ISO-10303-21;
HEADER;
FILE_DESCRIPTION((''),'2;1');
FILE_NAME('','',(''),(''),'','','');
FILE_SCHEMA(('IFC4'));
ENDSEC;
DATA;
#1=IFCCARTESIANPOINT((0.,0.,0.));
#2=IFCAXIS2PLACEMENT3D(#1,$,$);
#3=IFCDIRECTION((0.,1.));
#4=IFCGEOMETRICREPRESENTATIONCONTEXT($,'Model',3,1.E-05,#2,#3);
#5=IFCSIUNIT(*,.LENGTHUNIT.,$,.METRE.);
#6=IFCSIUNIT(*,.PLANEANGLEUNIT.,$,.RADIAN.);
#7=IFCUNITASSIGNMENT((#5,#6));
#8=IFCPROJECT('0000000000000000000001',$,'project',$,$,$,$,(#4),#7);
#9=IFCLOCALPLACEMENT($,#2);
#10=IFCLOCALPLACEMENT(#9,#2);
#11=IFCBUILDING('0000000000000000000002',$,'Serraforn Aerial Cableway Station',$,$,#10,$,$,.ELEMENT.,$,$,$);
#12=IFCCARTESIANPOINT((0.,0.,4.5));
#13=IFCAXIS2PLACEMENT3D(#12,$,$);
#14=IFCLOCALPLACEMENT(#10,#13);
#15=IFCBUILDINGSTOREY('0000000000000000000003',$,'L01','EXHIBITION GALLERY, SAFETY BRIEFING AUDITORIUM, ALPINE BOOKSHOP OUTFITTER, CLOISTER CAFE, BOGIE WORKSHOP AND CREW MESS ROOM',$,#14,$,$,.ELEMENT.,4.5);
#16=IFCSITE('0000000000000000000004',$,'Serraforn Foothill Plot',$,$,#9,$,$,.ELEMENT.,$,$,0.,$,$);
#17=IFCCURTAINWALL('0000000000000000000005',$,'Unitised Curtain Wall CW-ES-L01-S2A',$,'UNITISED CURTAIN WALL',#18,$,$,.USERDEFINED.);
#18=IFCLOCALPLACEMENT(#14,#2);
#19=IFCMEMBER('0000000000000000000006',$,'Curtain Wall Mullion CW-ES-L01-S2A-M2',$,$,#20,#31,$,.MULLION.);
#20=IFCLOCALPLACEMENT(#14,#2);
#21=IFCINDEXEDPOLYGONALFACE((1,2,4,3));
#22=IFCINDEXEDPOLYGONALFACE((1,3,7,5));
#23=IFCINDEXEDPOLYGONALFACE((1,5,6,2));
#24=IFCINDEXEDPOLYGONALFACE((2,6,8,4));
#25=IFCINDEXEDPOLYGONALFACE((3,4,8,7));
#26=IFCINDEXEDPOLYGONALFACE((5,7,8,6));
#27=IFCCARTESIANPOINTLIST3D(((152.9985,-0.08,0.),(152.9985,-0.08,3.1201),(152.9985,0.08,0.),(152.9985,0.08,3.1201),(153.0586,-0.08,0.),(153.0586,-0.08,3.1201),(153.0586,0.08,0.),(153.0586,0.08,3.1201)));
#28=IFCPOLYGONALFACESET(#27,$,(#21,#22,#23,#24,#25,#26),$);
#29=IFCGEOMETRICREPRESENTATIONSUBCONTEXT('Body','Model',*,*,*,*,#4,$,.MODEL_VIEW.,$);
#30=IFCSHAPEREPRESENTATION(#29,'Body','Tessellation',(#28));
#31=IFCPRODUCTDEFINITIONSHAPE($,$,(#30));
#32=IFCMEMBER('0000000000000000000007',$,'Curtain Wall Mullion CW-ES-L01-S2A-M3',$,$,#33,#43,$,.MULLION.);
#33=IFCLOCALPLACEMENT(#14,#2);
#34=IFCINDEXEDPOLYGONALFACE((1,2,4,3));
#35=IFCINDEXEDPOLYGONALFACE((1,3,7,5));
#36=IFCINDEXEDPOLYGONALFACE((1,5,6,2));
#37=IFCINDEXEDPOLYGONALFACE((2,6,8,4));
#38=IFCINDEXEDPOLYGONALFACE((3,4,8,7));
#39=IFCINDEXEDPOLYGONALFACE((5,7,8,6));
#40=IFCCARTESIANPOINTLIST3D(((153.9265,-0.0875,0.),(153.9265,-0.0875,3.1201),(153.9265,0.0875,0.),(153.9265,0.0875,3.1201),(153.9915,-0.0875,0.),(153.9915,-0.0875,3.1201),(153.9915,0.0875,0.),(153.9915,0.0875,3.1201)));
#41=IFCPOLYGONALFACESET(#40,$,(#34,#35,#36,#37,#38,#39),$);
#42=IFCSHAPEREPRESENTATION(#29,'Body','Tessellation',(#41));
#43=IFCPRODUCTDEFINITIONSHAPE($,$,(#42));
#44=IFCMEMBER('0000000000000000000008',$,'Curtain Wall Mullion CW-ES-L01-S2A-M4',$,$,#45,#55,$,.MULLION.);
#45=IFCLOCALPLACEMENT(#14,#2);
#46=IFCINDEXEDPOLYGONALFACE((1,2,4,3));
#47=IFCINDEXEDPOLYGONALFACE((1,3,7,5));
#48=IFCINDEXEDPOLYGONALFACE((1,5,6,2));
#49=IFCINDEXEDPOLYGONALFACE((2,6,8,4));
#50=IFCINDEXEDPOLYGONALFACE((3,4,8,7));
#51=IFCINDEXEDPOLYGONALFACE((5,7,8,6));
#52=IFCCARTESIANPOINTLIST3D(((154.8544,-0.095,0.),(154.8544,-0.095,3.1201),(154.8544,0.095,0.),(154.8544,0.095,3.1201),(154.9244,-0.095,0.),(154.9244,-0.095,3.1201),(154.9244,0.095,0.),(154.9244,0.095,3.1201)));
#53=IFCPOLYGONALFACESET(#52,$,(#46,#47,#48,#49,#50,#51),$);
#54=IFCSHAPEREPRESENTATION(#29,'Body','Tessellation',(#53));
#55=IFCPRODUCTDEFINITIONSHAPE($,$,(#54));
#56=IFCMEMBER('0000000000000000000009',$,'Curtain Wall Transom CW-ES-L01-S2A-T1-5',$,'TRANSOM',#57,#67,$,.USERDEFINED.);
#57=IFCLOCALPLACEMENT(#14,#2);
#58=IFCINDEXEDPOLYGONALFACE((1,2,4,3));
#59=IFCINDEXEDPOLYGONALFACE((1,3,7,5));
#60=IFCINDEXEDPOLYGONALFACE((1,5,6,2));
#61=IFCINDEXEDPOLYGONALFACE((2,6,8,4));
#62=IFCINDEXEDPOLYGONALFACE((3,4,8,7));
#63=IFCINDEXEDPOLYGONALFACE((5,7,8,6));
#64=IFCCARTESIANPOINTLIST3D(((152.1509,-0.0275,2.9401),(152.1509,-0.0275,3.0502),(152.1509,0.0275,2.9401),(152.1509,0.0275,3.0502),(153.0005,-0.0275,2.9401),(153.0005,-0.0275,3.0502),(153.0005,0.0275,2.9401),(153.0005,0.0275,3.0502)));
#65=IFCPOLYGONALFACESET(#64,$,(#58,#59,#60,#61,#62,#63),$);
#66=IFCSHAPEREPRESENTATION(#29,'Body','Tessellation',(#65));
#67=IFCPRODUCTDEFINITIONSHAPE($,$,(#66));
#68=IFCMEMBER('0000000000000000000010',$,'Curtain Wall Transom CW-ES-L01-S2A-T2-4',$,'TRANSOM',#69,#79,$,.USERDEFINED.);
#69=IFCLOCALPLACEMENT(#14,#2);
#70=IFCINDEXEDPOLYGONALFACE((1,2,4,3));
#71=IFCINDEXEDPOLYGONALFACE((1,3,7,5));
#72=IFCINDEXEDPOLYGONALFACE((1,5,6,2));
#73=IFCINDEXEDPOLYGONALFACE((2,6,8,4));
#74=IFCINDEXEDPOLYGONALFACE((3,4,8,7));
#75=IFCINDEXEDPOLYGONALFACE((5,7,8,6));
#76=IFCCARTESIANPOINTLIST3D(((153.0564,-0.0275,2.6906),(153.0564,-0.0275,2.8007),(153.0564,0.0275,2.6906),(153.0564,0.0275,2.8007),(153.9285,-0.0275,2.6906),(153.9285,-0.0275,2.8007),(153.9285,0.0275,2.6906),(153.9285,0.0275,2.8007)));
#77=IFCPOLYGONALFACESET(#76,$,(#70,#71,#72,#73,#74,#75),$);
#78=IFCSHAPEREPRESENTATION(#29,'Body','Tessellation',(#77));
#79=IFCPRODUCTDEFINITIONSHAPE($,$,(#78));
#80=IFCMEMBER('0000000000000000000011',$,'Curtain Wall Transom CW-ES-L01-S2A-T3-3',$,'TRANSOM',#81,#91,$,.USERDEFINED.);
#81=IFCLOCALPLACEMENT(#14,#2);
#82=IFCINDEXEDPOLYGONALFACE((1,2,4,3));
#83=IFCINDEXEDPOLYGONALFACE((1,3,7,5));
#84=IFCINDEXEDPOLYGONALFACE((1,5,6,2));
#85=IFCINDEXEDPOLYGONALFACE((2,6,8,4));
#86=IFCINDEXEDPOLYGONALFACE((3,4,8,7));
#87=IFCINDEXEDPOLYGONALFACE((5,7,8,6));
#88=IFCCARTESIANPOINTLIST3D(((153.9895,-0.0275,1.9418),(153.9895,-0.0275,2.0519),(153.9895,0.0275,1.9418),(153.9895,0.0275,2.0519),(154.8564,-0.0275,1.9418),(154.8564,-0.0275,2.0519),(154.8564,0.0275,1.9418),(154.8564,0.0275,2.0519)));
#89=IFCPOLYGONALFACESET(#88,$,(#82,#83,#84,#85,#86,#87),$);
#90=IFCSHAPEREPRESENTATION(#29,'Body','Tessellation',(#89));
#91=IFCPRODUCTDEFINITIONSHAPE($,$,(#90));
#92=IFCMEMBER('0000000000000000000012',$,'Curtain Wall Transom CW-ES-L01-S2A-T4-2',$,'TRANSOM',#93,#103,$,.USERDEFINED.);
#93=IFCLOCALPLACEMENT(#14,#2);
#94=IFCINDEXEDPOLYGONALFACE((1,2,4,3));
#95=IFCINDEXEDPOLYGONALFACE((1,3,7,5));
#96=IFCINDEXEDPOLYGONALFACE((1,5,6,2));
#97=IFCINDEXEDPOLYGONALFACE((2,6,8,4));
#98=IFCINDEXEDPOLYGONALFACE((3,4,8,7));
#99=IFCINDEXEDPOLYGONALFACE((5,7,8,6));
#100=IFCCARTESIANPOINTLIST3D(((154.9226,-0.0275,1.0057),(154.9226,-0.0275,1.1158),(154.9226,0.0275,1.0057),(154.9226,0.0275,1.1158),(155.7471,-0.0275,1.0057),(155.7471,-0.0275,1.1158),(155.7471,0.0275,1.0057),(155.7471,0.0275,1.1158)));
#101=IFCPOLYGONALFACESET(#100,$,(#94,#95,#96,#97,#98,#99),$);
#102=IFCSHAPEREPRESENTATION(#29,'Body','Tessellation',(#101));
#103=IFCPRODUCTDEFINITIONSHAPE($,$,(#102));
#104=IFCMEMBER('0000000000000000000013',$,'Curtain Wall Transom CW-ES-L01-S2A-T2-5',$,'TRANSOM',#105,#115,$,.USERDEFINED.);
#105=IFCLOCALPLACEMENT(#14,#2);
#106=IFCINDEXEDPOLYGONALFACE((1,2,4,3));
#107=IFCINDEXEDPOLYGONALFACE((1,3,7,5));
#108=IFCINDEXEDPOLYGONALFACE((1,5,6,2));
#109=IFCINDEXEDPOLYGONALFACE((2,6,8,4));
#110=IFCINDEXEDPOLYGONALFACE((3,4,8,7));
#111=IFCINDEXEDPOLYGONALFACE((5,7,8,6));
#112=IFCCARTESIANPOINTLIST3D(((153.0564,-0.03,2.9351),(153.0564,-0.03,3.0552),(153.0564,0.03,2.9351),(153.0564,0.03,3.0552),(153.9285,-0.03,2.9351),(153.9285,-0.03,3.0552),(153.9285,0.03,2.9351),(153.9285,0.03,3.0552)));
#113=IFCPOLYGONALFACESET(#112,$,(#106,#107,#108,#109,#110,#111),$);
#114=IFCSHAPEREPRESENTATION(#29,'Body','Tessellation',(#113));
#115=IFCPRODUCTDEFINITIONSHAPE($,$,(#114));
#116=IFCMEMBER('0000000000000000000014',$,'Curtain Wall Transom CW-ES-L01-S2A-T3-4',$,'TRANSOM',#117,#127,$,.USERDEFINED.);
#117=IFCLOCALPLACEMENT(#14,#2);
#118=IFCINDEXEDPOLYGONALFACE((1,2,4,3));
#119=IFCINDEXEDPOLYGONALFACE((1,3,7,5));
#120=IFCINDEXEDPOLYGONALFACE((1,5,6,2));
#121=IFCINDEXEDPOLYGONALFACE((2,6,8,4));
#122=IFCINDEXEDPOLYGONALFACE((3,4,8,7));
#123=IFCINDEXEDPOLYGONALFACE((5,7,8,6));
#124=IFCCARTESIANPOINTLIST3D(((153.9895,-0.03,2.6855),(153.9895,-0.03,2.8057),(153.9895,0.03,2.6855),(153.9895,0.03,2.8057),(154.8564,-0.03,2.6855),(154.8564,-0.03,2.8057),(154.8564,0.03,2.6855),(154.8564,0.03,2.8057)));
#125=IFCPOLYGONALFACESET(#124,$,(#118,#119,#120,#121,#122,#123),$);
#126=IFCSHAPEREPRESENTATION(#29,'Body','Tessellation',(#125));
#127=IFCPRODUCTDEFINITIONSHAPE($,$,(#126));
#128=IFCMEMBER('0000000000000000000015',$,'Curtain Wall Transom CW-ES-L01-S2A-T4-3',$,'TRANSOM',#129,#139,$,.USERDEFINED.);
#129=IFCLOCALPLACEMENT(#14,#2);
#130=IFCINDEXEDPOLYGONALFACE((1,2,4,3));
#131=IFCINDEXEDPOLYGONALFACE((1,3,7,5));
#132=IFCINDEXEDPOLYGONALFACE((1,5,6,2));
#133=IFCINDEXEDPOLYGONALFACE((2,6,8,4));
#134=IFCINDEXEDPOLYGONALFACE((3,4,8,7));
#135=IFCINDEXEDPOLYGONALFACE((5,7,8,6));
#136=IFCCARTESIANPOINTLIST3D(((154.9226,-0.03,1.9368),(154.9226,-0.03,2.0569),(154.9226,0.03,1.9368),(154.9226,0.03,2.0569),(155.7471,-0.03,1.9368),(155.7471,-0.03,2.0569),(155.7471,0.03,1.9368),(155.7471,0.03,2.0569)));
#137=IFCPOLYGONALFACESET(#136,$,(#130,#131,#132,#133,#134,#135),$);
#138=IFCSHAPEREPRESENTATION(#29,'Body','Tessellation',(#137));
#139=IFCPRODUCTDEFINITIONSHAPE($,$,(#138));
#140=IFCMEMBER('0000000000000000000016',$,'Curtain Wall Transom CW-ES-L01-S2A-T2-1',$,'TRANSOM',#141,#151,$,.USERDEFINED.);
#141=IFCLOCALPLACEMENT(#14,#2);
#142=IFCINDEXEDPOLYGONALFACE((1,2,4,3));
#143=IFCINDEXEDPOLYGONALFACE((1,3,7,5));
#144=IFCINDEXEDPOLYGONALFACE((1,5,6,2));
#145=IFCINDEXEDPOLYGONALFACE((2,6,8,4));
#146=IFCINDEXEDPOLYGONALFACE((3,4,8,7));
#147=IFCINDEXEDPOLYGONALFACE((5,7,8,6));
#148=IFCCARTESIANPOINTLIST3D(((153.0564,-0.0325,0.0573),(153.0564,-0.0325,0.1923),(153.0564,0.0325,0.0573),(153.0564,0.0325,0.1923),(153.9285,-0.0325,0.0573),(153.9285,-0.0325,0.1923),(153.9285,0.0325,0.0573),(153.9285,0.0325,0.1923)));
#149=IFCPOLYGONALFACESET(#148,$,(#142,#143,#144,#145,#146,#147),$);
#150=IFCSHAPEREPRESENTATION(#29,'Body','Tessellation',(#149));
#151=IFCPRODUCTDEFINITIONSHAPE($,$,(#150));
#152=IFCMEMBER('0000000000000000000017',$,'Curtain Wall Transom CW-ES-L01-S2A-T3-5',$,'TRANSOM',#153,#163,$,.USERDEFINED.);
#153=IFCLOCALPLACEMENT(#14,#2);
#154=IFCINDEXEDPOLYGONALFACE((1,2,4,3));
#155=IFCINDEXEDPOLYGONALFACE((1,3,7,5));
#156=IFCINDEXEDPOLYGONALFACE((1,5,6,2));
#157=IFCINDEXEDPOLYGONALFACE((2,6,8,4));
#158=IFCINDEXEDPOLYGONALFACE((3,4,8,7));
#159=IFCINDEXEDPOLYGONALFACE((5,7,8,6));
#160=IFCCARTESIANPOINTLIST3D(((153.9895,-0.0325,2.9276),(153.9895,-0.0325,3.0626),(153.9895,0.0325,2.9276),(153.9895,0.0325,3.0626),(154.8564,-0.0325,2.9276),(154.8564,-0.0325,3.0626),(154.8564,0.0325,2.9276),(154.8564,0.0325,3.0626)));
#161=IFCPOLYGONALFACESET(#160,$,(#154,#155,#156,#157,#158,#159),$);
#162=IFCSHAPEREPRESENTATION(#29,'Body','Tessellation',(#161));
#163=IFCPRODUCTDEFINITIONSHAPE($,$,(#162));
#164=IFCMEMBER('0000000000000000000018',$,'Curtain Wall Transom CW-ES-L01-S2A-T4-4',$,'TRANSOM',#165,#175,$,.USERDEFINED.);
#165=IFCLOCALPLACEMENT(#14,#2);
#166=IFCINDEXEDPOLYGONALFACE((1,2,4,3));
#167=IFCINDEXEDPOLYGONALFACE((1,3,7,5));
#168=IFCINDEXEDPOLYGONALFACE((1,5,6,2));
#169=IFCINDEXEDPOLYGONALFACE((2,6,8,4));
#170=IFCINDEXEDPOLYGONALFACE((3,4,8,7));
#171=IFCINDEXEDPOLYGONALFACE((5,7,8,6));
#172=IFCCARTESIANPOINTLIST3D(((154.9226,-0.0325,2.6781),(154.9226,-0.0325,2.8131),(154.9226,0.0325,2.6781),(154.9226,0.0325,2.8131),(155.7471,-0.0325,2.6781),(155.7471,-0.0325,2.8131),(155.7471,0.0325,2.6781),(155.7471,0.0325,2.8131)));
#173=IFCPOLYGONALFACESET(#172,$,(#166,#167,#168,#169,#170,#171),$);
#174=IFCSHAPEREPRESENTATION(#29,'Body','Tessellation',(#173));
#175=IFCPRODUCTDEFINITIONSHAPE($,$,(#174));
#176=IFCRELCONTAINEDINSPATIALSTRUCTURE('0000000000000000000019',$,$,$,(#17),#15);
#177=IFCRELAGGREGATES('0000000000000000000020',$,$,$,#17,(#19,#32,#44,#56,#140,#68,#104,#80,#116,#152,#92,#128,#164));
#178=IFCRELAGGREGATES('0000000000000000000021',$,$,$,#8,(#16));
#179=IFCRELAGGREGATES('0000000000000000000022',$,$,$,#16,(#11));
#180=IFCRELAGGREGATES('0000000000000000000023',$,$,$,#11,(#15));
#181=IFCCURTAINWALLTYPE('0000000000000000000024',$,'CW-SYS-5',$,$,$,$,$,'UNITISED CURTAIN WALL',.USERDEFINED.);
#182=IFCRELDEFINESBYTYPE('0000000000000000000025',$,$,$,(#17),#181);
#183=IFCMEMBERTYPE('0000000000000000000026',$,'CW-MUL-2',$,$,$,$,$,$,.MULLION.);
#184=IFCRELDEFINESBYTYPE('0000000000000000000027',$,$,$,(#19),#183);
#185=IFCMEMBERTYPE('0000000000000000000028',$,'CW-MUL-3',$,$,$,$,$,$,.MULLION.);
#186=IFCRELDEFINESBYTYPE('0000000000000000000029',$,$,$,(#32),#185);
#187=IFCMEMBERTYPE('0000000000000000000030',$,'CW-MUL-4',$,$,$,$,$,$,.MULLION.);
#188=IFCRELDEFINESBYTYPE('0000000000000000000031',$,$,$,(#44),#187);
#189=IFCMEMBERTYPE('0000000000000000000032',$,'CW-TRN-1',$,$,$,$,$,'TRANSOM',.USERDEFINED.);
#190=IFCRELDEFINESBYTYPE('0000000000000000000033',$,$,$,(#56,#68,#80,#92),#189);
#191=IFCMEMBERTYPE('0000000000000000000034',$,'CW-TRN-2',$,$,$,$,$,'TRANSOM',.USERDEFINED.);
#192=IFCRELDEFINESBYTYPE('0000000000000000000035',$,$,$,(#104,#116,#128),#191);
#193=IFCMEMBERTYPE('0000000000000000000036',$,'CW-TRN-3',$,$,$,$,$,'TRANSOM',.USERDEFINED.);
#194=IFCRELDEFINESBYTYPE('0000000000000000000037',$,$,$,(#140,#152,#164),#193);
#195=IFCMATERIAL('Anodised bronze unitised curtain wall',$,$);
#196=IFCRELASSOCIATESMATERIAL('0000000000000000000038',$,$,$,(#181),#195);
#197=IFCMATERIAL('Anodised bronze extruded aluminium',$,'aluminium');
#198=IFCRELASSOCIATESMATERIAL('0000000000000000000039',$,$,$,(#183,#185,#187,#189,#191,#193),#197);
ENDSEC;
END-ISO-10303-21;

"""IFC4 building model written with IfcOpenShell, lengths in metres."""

from ifc_helpers import new_model, si_unit, direction, frame, origin, origin_2d, place, context, subcontext, project, spatial, rectangle, extrude, material, material_profile, profile_set, type_object, element, aggregate, save


model = new_model("IFC4")

# Units and contexts
model_context = context("Model", 3, precision=1e-05, world=origin(), true_north=direction((0.0, 1.0)))
body_context = subcontext(model_context, "Body", "Model", "MODEL_VIEW")
ifc_project = project(units=[si_unit("LENGTHUNIT", "METRE"), si_unit("PLANEANGLEUNIT", "RADIAN")], contexts=[model_context])

# Site, building, storey
site_placement = place(None, origin())
site = spatial("IfcSite", under=ifc_project, at=site_placement, Name="Serraforn Foothill Plot", CompositionType="ELEMENT", RefElevation=0.0)
building_placement = place(site_placement, origin())
building = spatial("IfcBuilding", under=site, at=building_placement, Name="Serraforn Aerial Cableway Station", CompositionType="ELEMENT")
storey_placement = place(building_placement, frame((0.0, 0.0, 4.5)))
storey = spatial("IfcBuildingStorey", under=building, at=storey_placement, Name="L01", Description="EXHIBITION GALLERY, SAFETY BRIEFING AUDITORIUM, ALPINE BOOKSHOP OUTFITTER, CLOISTER CAFE, BOGIE WORKSHOP AND CREW MESS ROOM", CompositionType="ELEMENT", Elevation=4.5)

# Curtain wall, members
ifc_material_1 = material(Name="Anodised bronze unitised curtain wall")
curtain_wall_type = type_object("IfcCurtainWallType", Name="CW-SYS-5", ElementType="UNITISED CURTAIN WALL", PredefinedType="USERDEFINED", material=ifc_material_1)
curtain_wall_placement = place(storey_placement, origin())
curtain_wall = element("IfcCurtainWall", 1, at=curtain_wall_placement, inside=storey, type_object=curtain_wall_type, Name="Unitised Curtain Wall CW-ES-L01-S2A", ObjectType="UNITISED CURTAIN WALL", PredefinedType="USERDEFINED")
ifc_material_2 = material(Name="Anodised bronze extruded aluminium", Category="aluminium")
ifc_material_profile_1 = material_profile(ifc_material_2, rectangle(XDim=0.0601, YDim=0.1599, at=origin_2d()), Name="CW MULLION 60x160")
ifc_profile_set_1 = profile_set([ifc_material_profile_1], Name="Anodised bronze extruded aluminium")
member_type_1 = type_object("IfcMemberType", Name="CW-MUL-2", PredefinedType="MULLION", material=ifc_profile_set_1)
member_1_placement = place(storey_placement, frame((153.0286, 0.0, 0.0), z_axis=(0.0, 0.0, 1.0), x_axis=(1.0, 0.0, 0.0)))
member_1 = element("IfcMember", 2, at=member_1_placement, type_object=member_type_1, Name="Curtain Wall Mullion CW-ES-L01-S2A-M2", PredefinedType="MULLION", context=body_context, shape_type="SweptSolid", body=[
    extrude(rectangle(XDim=0.0601, YDim=0.1599, at=origin_2d()), origin(), (0.0, 0.0, 1.0), 3.1201),
])
ifc_material_profile_2 = material_profile(ifc_material_2, rectangle(XDim=0.0649, YDim=0.175, at=origin_2d()), Name="CW MULLION 65x175")
ifc_profile_set_2 = profile_set([ifc_material_profile_2], Name="Anodised bronze extruded aluminium")
member_type_2 = type_object("IfcMemberType", Name="CW-MUL-3", PredefinedType="MULLION", material=ifc_profile_set_2)
member_2_placement = place(storey_placement, frame((153.959, 0.0, 0.0), z_axis=(0.0, 0.0, 1.0), x_axis=(1.0, 0.0, 0.0)))
member_2 = element("IfcMember", 3, at=member_2_placement, type_object=member_type_2, Name="Curtain Wall Mullion CW-ES-L01-S2A-M3", PredefinedType="MULLION", context=body_context, shape_type="SweptSolid", body=[
    extrude(rectangle(XDim=0.0649, YDim=0.175, at=origin_2d()), origin(), (0.0, 0.0, 1.0), 3.1201),
])
ifc_material_profile_3 = material_profile(ifc_material_2, rectangle(XDim=0.0701, YDim=0.1899, at=origin_2d()), Name="CW MULLION 70x190")
ifc_profile_set_3 = profile_set([ifc_material_profile_3], Name="Anodised bronze extruded aluminium")
member_type_3 = type_object("IfcMemberType", Name="CW-MUL-4", PredefinedType="MULLION", material=ifc_profile_set_3)
member_3_placement = place(storey_placement, frame((154.8894, 0.0, 0.0), z_axis=(0.0, 0.0, 1.0), x_axis=(1.0, 0.0, 0.0)))
member_3 = element("IfcMember", 4, at=member_3_placement, type_object=member_type_3, Name="Curtain Wall Mullion CW-ES-L01-S2A-M4", PredefinedType="MULLION", context=body_context, shape_type="SweptSolid", body=[
    extrude(rectangle(XDim=0.0701, YDim=0.1899, at=origin_2d()), origin(), (0.0, 0.0, 1.0), 3.1201),
])
ifc_material_profile_4 = material_profile(ifc_material_2, rectangle(XDim=0.0549, YDim=0.1101, at=origin_2d()), Name="CW TRANSOM 55x110")
ifc_profile_set_4 = profile_set([ifc_material_profile_4], Name="Anodised bronze extruded aluminium")
member_type_4 = type_object("IfcMemberType", Name="CW-TRN-1", ElementType="TRANSOM", PredefinedType="USERDEFINED", material=ifc_profile_set_4)
member_4_placement = place(storey_placement, frame((152.1509, 0.0, 2.9951), z_axis=(1.0, 0.0, 0.0), x_axis=(0.0, 1.0, 0.0)))
member_4 = element("IfcMember", 5, at=member_4_placement, type_object=member_type_4, Name="Curtain Wall Transom CW-ES-L01-S2A-T1-5", ObjectType="TRANSOM", PredefinedType="USERDEFINED", context=body_context, shape_type="SweptSolid", body=[
    extrude(rectangle(XDim=0.0549, YDim=0.1101, at=origin_2d()), origin(), (0.0, 0.0, 1.0), 0.8496),
])
member_5_placement = place(storey_placement, frame((153.0564, 0.0, 2.7456), z_axis=(1.0, 0.0, 0.0), x_axis=(0.0, 1.0, 0.0)))
member_5 = element("IfcMember", 6, at=member_5_placement, type_object=member_type_4, Name="Curtain Wall Transom CW-ES-L01-S2A-T2-4", ObjectType="TRANSOM", PredefinedType="USERDEFINED", context=body_context, shape_type="SweptSolid", body=[
    extrude(rectangle(XDim=0.0549, YDim=0.1101, at=origin_2d()), origin(), (0.0, 0.0, 1.0), 0.8721),
])
member_6_placement = place(storey_placement, frame((153.9895, 0.0, 1.9968), z_axis=(1.0, 0.0, 0.0), x_axis=(0.0, 1.0, 0.0)))
member_6 = element("IfcMember", 7, at=member_6_placement, type_object=member_type_4, Name="Curtain Wall Transom CW-ES-L01-S2A-T3-3", ObjectType="TRANSOM", PredefinedType="USERDEFINED", context=body_context, shape_type="SweptSolid", body=[
    extrude(rectangle(XDim=0.0549, YDim=0.1101, at=origin_2d()), origin(), (0.0, 0.0, 1.0), 0.8669),
])
member_7_placement = place(storey_placement, frame((154.9226, 0.0, 1.0608), z_axis=(1.0, 0.0, 0.0), x_axis=(0.0, 1.0, 0.0)))
member_7 = element("IfcMember", 8, at=member_7_placement, type_object=member_type_4, Name="Curtain Wall Transom CW-ES-L01-S2A-T4-2", ObjectType="TRANSOM", PredefinedType="USERDEFINED", context=body_context, shape_type="SweptSolid", body=[
    extrude(rectangle(XDim=0.0549, YDim=0.1101, at=origin_2d()), origin(), (0.0, 0.0, 1.0), 0.8245),
])
ifc_material_profile_5 = material_profile(ifc_material_2, rectangle(XDim=0.0601, YDim=0.1201, at=origin_2d()), Name="CW TRANSOM 60x120")
ifc_profile_set_5 = profile_set([ifc_material_profile_5], Name="Anodised bronze extruded aluminium")
member_type_5 = type_object("IfcMemberType", Name="CW-TRN-2", ElementType="TRANSOM", PredefinedType="USERDEFINED", material=ifc_profile_set_5)
member_8_placement = place(storey_placement, frame((153.0564, 0.0, 2.9951), z_axis=(1.0, 0.0, 0.0), x_axis=(0.0, 1.0, 0.0)))
member_8 = element("IfcMember", 9, at=member_8_placement, type_object=member_type_5, Name="Curtain Wall Transom CW-ES-L01-S2A-T2-5", ObjectType="TRANSOM", PredefinedType="USERDEFINED", context=body_context, shape_type="SweptSolid", body=[
    extrude(rectangle(XDim=0.0601, YDim=0.1201, at=origin_2d()), origin(), (0.0, 0.0, 1.0), 0.8721),
])
member_9_placement = place(storey_placement, frame((153.9895, 0.0, 2.7456), z_axis=(1.0, 0.0, 0.0), x_axis=(0.0, 1.0, 0.0)))
member_9 = element("IfcMember", 10, at=member_9_placement, type_object=member_type_5, Name="Curtain Wall Transom CW-ES-L01-S2A-T3-4", ObjectType="TRANSOM", PredefinedType="USERDEFINED", context=body_context, shape_type="SweptSolid", body=[
    extrude(rectangle(XDim=0.0601, YDim=0.1201, at=origin_2d()), origin(), (0.0, 0.0, 1.0), 0.8669),
])
member_10_placement = place(storey_placement, frame((154.9226, 0.0, 1.9968), z_axis=(1.0, 0.0, 0.0), x_axis=(0.0, 1.0, 0.0)))
member_10 = element("IfcMember", 11, at=member_10_placement, type_object=member_type_5, Name="Curtain Wall Transom CW-ES-L01-S2A-T4-3", ObjectType="TRANSOM", PredefinedType="USERDEFINED", context=body_context, shape_type="SweptSolid", body=[
    extrude(rectangle(XDim=0.0601, YDim=0.1201, at=origin_2d()), origin(), (0.0, 0.0, 1.0), 0.8245),
])
ifc_material_profile_6 = material_profile(ifc_material_2, rectangle(XDim=0.0649, YDim=0.135, at=origin_2d()), Name="CW TRANSOM 65x135")
ifc_profile_set_6 = profile_set([ifc_material_profile_6], Name="Anodised bronze extruded aluminium")
member_type_6 = type_object("IfcMemberType", Name="CW-TRN-3", ElementType="TRANSOM", PredefinedType="USERDEFINED", material=ifc_profile_set_6)
member_11_placement = place(storey_placement, frame((153.0564, 0.0, 0.1248), z_axis=(1.0, 0.0, 0.0), x_axis=(0.0, 1.0, 0.0)))
member_11 = element("IfcMember", 12, at=member_11_placement, type_object=member_type_6, Name="Curtain Wall Transom CW-ES-L01-S2A-T2-1", ObjectType="TRANSOM", PredefinedType="USERDEFINED", context=body_context, shape_type="SweptSolid", body=[
    extrude(rectangle(XDim=0.0649, YDim=0.135, at=origin_2d()), origin(), (0.0, 0.0, 1.0), 0.8721),
])
member_12_placement = place(storey_placement, frame((153.9895, 0.0, 2.9951), z_axis=(1.0, 0.0, 0.0), x_axis=(0.0, 1.0, 0.0)))
member_12 = element("IfcMember", 13, at=member_12_placement, type_object=member_type_6, Name="Curtain Wall Transom CW-ES-L01-S2A-T3-5", ObjectType="TRANSOM", PredefinedType="USERDEFINED", context=body_context, shape_type="SweptSolid", body=[
    extrude(rectangle(XDim=0.0649, YDim=0.135, at=origin_2d()), origin(), (0.0, 0.0, 1.0), 0.8669),
])
member_13_placement = place(storey_placement, frame((154.9226, 0.0, 2.7456), z_axis=(1.0, 0.0, 0.0), x_axis=(0.0, 1.0, 0.0)))
member_13 = element("IfcMember", 14, at=member_13_placement, type_object=member_type_6, Name="Curtain Wall Transom CW-ES-L01-S2A-T4-4", ObjectType="TRANSOM", PredefinedType="USERDEFINED", context=body_context, shape_type="SweptSolid", body=[
    extrude(rectangle(XDim=0.0649, YDim=0.135, at=origin_2d()), origin(), (0.0, 0.0, 1.0), 0.8245),
])
aggregate(curtain_wall, [member_1, member_2, member_3, member_4, member_11, member_5, member_8, member_6, member_9, member_12, member_7, member_10, member_13])

save(model, "model.ifc")
